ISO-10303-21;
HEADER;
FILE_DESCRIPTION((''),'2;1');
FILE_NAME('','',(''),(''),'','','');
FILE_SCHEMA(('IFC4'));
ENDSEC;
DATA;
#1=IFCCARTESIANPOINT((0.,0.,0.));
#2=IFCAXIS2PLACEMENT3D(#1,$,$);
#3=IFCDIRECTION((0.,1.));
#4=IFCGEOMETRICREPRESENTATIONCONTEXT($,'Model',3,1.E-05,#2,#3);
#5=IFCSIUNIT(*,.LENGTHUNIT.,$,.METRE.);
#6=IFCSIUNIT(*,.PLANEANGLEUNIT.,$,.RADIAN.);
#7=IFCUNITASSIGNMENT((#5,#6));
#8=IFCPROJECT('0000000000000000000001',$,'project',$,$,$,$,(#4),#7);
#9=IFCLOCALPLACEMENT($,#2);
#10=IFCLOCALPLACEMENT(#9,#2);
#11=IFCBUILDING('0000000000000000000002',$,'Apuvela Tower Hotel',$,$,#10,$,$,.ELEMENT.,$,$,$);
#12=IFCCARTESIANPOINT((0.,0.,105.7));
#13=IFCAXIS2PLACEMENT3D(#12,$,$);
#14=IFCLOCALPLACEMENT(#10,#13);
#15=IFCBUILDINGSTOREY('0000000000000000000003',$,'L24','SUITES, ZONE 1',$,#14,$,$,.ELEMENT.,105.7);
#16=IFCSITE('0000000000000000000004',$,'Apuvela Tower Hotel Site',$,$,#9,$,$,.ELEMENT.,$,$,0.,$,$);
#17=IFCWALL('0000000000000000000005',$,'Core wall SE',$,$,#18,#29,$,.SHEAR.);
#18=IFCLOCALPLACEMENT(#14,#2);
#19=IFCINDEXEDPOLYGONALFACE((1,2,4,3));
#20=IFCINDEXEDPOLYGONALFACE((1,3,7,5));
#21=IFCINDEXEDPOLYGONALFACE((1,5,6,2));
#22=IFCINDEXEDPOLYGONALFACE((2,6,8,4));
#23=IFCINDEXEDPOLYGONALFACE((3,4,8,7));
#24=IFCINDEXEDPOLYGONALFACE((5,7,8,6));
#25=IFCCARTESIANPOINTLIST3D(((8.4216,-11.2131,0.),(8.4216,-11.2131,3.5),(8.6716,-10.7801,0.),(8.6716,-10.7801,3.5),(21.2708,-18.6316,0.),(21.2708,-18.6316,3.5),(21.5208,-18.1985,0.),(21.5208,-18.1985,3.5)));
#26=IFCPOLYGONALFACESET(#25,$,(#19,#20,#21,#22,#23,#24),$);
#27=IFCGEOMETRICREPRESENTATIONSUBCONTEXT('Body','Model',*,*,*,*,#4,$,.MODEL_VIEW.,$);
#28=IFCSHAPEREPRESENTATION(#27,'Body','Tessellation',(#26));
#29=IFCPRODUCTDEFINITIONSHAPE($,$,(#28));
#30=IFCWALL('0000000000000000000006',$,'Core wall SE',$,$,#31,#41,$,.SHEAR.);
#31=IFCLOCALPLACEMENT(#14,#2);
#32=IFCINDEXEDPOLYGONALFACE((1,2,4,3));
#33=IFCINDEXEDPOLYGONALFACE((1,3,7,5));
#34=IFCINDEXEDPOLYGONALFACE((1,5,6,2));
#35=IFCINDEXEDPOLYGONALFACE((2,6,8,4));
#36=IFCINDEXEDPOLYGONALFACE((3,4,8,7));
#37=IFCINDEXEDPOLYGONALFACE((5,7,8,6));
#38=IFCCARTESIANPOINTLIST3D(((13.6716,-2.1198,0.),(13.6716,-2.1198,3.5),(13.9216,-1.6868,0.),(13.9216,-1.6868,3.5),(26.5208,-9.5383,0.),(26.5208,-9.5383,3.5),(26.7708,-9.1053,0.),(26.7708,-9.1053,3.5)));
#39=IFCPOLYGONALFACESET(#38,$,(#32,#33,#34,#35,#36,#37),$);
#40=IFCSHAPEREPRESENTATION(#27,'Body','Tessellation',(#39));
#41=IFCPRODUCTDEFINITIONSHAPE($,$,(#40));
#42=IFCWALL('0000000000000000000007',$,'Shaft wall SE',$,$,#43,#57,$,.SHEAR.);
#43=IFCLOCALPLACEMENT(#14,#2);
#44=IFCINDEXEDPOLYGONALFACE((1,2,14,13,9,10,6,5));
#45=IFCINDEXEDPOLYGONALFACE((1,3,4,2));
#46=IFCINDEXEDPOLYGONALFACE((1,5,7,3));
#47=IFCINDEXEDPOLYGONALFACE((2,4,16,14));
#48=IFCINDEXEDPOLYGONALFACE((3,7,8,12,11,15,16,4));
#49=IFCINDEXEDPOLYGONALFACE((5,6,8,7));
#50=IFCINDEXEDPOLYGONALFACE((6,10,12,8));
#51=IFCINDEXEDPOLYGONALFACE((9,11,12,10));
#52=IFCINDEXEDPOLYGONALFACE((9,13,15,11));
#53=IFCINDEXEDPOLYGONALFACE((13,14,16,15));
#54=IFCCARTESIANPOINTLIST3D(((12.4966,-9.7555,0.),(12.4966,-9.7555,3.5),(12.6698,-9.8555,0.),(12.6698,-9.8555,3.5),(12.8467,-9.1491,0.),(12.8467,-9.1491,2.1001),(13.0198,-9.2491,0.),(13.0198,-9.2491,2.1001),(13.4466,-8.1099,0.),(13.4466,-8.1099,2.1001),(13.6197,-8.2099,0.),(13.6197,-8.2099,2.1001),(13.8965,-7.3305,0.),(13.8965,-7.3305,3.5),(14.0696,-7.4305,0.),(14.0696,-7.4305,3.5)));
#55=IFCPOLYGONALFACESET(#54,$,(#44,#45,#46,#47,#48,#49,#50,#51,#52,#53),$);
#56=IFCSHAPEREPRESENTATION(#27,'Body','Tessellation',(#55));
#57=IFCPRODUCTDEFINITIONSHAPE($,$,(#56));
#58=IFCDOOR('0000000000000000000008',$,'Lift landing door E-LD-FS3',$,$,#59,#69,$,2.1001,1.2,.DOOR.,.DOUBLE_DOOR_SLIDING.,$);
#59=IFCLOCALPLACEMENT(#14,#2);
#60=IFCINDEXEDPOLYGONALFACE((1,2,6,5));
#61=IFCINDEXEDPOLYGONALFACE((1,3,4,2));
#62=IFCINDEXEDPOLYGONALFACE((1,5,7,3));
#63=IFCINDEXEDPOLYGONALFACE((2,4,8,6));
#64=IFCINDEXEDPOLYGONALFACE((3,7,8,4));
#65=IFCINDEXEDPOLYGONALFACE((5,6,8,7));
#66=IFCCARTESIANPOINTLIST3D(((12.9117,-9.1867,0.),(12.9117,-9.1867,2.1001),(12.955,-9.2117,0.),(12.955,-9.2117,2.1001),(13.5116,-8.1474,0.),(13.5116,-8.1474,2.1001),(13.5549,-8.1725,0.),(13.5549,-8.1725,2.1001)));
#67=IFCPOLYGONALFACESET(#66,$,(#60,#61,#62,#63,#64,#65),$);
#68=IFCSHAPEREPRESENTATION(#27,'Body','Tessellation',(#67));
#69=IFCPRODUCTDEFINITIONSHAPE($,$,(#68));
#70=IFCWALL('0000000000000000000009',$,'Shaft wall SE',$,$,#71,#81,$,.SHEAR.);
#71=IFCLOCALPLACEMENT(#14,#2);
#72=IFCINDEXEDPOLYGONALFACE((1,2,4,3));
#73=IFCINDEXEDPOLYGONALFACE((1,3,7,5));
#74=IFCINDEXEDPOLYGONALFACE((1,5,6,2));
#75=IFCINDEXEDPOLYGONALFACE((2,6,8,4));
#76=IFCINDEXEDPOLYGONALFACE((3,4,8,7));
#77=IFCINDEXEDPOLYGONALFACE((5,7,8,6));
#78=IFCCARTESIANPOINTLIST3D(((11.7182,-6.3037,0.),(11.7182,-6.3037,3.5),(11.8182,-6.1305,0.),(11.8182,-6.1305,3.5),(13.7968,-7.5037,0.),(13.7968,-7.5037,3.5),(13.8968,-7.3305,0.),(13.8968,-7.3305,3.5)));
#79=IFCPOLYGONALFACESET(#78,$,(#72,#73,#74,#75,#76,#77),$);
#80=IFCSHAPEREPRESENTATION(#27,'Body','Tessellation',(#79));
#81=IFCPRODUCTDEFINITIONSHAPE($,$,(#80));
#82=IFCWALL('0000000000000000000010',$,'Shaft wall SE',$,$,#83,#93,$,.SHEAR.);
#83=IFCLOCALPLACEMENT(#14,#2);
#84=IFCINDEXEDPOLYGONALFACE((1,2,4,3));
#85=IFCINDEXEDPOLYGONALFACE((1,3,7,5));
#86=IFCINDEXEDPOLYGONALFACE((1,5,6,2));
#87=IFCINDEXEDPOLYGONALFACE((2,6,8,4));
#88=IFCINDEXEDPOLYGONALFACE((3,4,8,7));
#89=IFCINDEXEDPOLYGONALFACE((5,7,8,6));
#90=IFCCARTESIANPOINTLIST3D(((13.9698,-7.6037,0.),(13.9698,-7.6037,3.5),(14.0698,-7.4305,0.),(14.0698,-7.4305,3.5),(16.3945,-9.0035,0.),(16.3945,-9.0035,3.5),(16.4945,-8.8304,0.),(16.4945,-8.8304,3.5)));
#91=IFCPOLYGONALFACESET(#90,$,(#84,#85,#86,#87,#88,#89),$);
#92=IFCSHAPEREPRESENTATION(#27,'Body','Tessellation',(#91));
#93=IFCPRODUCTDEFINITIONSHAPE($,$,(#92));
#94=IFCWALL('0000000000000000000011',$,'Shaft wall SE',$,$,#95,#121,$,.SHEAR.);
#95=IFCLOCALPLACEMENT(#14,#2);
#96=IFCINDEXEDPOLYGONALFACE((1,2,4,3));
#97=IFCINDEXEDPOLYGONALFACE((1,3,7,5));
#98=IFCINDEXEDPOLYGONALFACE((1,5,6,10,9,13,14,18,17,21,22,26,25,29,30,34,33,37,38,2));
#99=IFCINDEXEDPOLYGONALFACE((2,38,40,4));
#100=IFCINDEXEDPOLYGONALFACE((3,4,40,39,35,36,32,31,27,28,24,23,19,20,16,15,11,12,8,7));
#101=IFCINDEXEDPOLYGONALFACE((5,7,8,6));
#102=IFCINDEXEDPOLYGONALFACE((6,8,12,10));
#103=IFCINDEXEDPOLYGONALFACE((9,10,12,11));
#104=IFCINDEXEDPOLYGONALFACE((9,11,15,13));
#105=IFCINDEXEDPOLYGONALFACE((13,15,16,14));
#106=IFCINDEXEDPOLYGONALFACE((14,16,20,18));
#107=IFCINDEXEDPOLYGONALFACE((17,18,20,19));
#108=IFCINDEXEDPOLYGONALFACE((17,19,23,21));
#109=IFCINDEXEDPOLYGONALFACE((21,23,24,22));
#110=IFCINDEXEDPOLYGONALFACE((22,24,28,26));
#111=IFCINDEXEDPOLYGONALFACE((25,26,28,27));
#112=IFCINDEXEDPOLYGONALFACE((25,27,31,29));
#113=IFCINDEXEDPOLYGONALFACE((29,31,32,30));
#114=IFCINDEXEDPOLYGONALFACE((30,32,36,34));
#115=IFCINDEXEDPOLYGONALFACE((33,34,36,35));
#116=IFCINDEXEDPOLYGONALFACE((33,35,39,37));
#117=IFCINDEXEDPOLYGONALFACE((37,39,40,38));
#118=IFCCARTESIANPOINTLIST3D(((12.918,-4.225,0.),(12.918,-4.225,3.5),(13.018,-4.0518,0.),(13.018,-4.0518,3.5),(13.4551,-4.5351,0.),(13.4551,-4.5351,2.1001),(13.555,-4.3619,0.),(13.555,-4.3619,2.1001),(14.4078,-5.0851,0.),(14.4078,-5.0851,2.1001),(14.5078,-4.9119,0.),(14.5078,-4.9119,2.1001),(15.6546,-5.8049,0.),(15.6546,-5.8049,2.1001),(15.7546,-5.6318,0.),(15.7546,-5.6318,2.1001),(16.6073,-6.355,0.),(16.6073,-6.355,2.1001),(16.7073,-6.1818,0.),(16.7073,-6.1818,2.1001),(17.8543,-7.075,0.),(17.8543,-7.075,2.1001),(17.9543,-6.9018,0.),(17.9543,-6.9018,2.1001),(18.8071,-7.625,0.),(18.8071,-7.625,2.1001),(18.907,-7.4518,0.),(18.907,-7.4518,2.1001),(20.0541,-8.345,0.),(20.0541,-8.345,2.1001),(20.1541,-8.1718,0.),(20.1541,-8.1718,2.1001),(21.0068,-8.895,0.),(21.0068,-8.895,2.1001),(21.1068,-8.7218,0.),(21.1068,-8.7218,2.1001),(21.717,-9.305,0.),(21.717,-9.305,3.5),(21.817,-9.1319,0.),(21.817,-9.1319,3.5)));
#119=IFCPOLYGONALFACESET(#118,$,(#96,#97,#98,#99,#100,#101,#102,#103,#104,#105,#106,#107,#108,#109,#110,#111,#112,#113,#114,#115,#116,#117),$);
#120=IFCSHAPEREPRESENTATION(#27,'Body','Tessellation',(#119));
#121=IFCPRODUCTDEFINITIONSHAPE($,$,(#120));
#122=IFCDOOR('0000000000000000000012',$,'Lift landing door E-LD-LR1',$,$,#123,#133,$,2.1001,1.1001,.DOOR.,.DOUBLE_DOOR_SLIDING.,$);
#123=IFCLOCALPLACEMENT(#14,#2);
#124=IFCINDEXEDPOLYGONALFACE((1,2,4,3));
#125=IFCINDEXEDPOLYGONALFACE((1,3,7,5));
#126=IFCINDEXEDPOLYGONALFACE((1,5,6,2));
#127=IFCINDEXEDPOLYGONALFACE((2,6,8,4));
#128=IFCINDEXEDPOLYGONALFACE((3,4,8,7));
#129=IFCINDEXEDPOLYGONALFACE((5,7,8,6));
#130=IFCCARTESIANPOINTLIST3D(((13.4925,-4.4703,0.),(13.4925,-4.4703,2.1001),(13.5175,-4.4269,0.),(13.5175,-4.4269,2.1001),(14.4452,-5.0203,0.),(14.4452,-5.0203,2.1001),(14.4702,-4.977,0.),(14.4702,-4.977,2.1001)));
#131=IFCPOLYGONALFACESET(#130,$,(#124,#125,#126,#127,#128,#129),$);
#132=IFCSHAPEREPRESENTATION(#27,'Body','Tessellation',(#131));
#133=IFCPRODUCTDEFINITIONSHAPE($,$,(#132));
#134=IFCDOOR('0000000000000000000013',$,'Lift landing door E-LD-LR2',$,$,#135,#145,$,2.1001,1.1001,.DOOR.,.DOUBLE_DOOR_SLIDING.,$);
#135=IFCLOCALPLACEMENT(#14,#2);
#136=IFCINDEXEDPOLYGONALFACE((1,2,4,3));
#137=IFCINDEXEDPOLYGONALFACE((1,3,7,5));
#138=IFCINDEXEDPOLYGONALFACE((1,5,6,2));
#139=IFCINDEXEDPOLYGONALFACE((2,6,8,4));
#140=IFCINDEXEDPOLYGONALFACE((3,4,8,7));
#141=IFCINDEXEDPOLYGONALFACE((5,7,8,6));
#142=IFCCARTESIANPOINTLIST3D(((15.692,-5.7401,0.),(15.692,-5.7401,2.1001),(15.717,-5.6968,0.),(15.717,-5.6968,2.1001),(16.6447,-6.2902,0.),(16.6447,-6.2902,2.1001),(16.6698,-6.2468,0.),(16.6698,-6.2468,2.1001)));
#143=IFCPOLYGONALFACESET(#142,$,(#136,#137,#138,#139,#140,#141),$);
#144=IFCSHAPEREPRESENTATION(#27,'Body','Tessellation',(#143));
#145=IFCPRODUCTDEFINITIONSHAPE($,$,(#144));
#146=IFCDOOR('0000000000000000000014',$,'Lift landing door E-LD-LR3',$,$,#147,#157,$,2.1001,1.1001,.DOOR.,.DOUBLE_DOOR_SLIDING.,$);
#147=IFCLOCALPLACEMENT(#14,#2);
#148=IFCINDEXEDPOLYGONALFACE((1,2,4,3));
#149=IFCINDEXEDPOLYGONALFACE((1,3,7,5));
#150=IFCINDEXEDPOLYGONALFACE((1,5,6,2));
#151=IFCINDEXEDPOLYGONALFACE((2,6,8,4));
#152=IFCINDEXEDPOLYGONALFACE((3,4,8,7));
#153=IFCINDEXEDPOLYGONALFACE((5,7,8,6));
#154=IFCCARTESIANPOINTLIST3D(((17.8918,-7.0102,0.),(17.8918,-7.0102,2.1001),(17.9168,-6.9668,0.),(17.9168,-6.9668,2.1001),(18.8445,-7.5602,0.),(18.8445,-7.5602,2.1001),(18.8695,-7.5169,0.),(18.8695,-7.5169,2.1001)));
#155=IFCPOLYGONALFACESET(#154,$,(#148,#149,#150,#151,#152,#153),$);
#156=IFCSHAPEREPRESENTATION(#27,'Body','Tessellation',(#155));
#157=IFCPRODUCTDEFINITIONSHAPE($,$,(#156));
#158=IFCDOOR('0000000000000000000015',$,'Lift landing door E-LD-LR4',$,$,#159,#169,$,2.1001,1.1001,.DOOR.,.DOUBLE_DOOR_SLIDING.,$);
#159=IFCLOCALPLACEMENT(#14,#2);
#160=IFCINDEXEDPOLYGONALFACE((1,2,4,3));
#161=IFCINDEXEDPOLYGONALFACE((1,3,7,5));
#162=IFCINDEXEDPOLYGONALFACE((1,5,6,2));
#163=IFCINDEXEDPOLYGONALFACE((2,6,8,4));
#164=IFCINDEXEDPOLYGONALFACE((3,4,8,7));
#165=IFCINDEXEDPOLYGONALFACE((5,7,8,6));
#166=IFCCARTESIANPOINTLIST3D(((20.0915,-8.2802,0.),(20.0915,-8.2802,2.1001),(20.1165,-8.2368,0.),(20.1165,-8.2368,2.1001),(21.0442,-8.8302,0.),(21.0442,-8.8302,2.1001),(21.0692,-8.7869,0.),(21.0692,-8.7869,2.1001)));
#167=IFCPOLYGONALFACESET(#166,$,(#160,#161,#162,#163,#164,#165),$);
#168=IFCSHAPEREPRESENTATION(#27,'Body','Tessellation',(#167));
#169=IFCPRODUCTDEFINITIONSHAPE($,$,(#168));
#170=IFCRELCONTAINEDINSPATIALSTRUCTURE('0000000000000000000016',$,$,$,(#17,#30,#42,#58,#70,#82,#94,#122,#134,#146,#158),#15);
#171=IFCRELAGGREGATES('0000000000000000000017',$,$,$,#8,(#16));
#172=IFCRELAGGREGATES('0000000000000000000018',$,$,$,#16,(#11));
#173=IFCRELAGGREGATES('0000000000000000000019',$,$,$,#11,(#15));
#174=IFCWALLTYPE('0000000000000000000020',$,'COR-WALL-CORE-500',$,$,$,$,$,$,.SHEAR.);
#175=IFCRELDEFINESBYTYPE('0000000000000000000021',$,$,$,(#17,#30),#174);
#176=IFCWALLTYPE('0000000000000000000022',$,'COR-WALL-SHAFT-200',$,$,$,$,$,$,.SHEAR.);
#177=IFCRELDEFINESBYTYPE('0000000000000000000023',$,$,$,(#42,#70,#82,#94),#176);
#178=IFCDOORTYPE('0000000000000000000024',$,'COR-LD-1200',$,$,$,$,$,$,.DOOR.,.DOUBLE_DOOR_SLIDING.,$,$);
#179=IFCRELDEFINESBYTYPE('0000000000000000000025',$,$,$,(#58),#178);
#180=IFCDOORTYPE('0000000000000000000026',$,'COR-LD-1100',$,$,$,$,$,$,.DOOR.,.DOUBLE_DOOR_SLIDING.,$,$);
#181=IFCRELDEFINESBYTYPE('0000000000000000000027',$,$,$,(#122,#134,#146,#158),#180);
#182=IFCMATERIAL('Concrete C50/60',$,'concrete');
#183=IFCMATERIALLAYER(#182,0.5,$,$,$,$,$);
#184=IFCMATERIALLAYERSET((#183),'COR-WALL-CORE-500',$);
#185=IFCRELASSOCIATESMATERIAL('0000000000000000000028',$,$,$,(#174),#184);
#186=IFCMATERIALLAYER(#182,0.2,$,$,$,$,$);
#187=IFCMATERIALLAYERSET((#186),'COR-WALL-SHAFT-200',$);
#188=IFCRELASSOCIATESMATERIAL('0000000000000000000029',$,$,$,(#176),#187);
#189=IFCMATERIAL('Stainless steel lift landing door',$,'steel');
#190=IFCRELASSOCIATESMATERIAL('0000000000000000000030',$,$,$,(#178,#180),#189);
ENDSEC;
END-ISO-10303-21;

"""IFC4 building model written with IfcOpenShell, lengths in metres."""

from ifc_helpers import new_model, si_unit, direction, frame, frame_2d, origin, place, context, subcontext, project, spatial, rectangle, extrude, material, layer, layer_set, type_object, element, fill, save


model = new_model("IFC4")

# Units and contexts
model_context = context("Model", 3, precision=1e-05, world=origin(), true_north=direction((0.0, 1.0)))
body_context = subcontext(model_context, "Body", "Model", "MODEL_VIEW")
ifc_project = project(units=[si_unit("LENGTHUNIT", "METRE"), si_unit("PLANEANGLEUNIT", "RADIAN")], contexts=[model_context])

# Site, building, storey
site_placement = place(None, origin())
site = spatial("IfcSite", under=ifc_project, at=site_placement, Name="Apuvela Tower Hotel Site", CompositionType="ELEMENT", RefElevation=0.0)
building_placement = place(site_placement, origin())
building = spatial("IfcBuilding", under=site, at=building_placement, Name="Apuvela Tower Hotel", CompositionType="ELEMENT")
storey_placement = place(building_placement, frame((0.0, 0.0, 105.7)))
storey = spatial("IfcBuildingStorey", under=building, at=storey_placement, Name="L24", Description="SUITES, ZONE 1", CompositionType="ELEMENT", Elevation=105.7)

# Shared definitions
ifc_material_1 = material(Name="Concrete C50/60", Category="concrete")

# Walls
ifc_layer_1 = layer(ifc_material_1, 0.5)
ifc_layer_set_1 = layer_set([ifc_layer_1], Name="COR-WALL-CORE-500")
wall_type_1 = type_object("IfcWallType", Name="COR-WALL-CORE-500", PredefinedType="SHEAR", material=ifc_layer_set_1)
for number, where, z_axis, x_axis, name in (
    (1, (8.5466, -10.9966, 0.0), (0.0, 0.0, 1.0), (0.866025, -0.500001, 0.0), "Core wall SE"),
    (2, (13.7966, -1.9033, 0.0), (0.0, 0.0, 1.0), (0.866025, -0.500001, 0.0), "Core wall SE"),
):
    element("IfcWall", number, at=place(storey_placement, frame(where, z_axis=z_axis, x_axis=x_axis)), inside=storey, type_object=wall_type_1, Name=name, PredefinedType="SHEAR", context=body_context, shape_type="SweptSolid", body=[
        extrude(rectangle(XDim=14.8369, YDim=0.5, at=frame_2d((7.4185, 0.0))), origin(), (0.0, 0.0, 1.0), 3.5),
    ])

# Wall, opening, door
ifc_layer_2 = layer(ifc_material_1, 0.2)
ifc_layer_set_2 = layer_set([ifc_layer_2], Name="COR-WALL-SHAFT-200")
wall_type_2 = type_object("IfcWallType", Name="COR-WALL-SHAFT-200", PredefinedType="SHEAR", material=ifc_layer_set_2)
wall_1_placement = place(storey_placement, frame((12.5833, -9.8054, 0.0), z_axis=(0.0, 0.0, 1.0), x_axis=(0.499946, 0.866056, 0.0)))
wall_1 = element("IfcWall", 3, at=wall_1_placement, inside=storey, type_object=wall_type_2, Name="Shaft wall SE", PredefinedType="SHEAR", context=body_context, shape_type="SweptSolid", body=[
    extrude(rectangle(XDim=2.8, YDim=0.2, at=frame_2d((1.3999, 0.0))), origin(), (0.0, 0.0, 1.0), 3.5),
])
opening_1_placement = place(wall_1_placement, frame((0.7, 0.0, 0.0)))
opening_1 = element("IfcOpeningElement", 4, at=opening_1_placement, cuts=wall_1, PredefinedType="OPENING", context=body_context, shape_type="SweptSolid", body=[
    extrude(rectangle(XDim=1.2, YDim=2.1001, at=frame_2d((0.6001, 1.05))), frame((0.0, 0.1099, 0.0), z_axis=(0.0, -1.0, 0.0), x_axis=(1.0, 0.0, 0.0)), (0.0, 0.0, 1.0), 0.22),
])
ifc_material_2 = material(Name="Stainless steel lift landing door", Category="steel")
door_type_1 = type_object("IfcDoorType", Name="COR-LD-1200", OperationType="DOUBLE_DOOR_SLIDING", PredefinedType="DOOR", material=ifc_material_2)
door_1_placement = place(opening_1_placement, origin())
door_1 = element("IfcDoor", 5, at=door_1_placement, inside=storey, type_object=door_type_1, Name="Lift landing door E-LD-FS3", OperationType="DOUBLE_DOOR_SLIDING", OverallHeight=2.1001, OverallWidth=1.2, PredefinedType="DOOR", context=body_context, shape_type="SweptSolid", body=[
    extrude(rectangle(XDim=1.2, YDim=2.1001, at=frame_2d((0.6001, 1.05))), frame((0.0, 0.0249, 0.0), z_axis=(0.0, -1.0, 0.0), x_axis=(1.0, 0.0, 0.0)), (0.0, 0.0, 1.0), 0.05),
])
fill(opening_1, door_1)

# Walls
wall_2_placement = place(storey_placement, frame((11.7681, -6.217, 0.0), z_axis=(0.0, 0.0, 1.0), x_axis=(0.86605, -0.499957, 0.0)))
element("IfcWall", 6, at=wall_2_placement, inside=storey, type_object=wall_type_2, Name="Shaft wall SE", PredefinedType="SHEAR", context=body_context, shape_type="SweptSolid", body=[
    extrude(rectangle(XDim=2.4001, YDim=0.2, at=frame_2d((1.2002, 0.0))), origin(), (0.0, 0.0, 1.0), 3.5),
])
wall_3_placement = place(storey_placement, frame((14.0198, -7.5171, 0.0), z_axis=(0.0, 0.0, 1.0), x_axis=(0.866035, -0.499984, 0.0)))
element("IfcWall", 7, at=wall_3_placement, inside=storey, type_object=wall_type_2, Name="Shaft wall SE", PredefinedType="SHEAR", context=body_context, shape_type="SweptSolid", body=[
    extrude(rectangle(XDim=2.7998, YDim=0.2, at=frame_2d((1.3999, 0.0))), origin(), (0.0, 0.0, 1.0), 3.5),
])

# Wall, openings, doors
wall_4_placement = place(storey_placement, frame((12.968, -4.1384, 0.0), z_axis=(0.0, 0.0, 1.0), x_axis=(0.866028, -0.499995, 0.0)))
wall_4 = element("IfcWall", 8, at=wall_4_placement, inside=storey, type_object=wall_type_2, Name="Shaft wall SE", PredefinedType="SHEAR", context=body_context, shape_type="SweptSolid", body=[
    extrude(rectangle(XDim=10.1602, YDim=0.2, at=frame_2d((5.0801, 0.0))), origin(), (0.0, 0.0, 1.0), 3.5),
])
opening_2_placement = place(wall_4_placement, frame((0.6201, 0.0, 0.0)))
opening_2 = element("IfcOpeningElement", 9, at=opening_2_placement, cuts=wall_4, PredefinedType="OPENING", context=body_context, shape_type="SweptSolid", body=[
    extrude(rectangle(XDim=1.1001, YDim=2.1001, at=frame_2d((0.55, 1.05))), frame((0.0, 0.1099, 0.0), z_axis=(0.0, -1.0, 0.0), x_axis=(1.0, 0.0, 0.0)), (0.0, 0.0, 1.0), 0.22),
])
opening_3_placement = place(wall_4_placement, frame((3.1599, 0.0, 0.0)))
opening_3 = element("IfcOpeningElement", 10, at=opening_3_placement, cuts=wall_4, PredefinedType="OPENING", context=body_context, shape_type="SweptSolid", body=[
    extrude(rectangle(XDim=1.1001, YDim=2.1001, at=frame_2d((0.55, 1.05))), frame((0.0, 0.1099, 0.0), z_axis=(0.0, -1.0, 0.0), x_axis=(1.0, 0.0, 0.0)), (0.0, 0.0, 1.0), 0.22),
])
opening_4_placement = place(wall_4_placement, frame((5.7, 0.0, 0.0)))
opening_4 = element("IfcOpeningElement", 11, at=opening_4_placement, cuts=wall_4, PredefinedType="OPENING", context=body_context, shape_type="SweptSolid", body=[
    extrude(rectangle(XDim=1.1001, YDim=2.1001, at=frame_2d((0.55, 1.05))), frame((0.0, 0.1099, 0.0), z_axis=(0.0, -1.0, 0.0), x_axis=(1.0, 0.0, 0.0)), (0.0, 0.0, 1.0), 0.22),
])
opening_5_placement = place(wall_4_placement, frame((8.24, 0.0, 0.0)))
opening_5 = element("IfcOpeningElement", 12, at=opening_5_placement, cuts=wall_4, PredefinedType="OPENING", context=body_context, shape_type="SweptSolid", body=[
    extrude(rectangle(XDim=1.1001, YDim=2.1001, at=frame_2d((0.55, 1.05))), frame((0.0, 0.1099, 0.0), z_axis=(0.0, -1.0, 0.0), x_axis=(1.0, 0.0, 0.0)), (0.0, 0.0, 1.0), 0.22),
])
door_type_2 = type_object("IfcDoorType", Name="COR-LD-1100", OperationType="DOUBLE_DOOR_SLIDING", PredefinedType="DOOR", material=ifc_material_2)
door_2_placement = place(opening_2_placement, origin())
door_2 = element("IfcDoor", 13, at=door_2_placement, inside=storey, type_object=door_type_2, Name="Lift landing door E-LD-LR1", OperationType="DOUBLE_DOOR_SLIDING", OverallHeight=2.1001, OverallWidth=1.1001, PredefinedType="DOOR", context=body_context, shape_type="SweptSolid", body=[
    extrude(rectangle(XDim=1.1001, YDim=2.1001, at=frame_2d((0.55, 1.05))), frame((0.0, 0.0249, 0.0), z_axis=(0.0, -1.0, 0.0), x_axis=(1.0, 0.0, 0.0)), (0.0, 0.0, 1.0), 0.05),
])
fill(opening_2, door_2)
door_3_placement = place(opening_3_placement, origin())
door_3 = element("IfcDoor", 14, at=door_3_placement, inside=storey, type_object=door_type_2, Name="Lift landing door E-LD-LR2", OperationType="DOUBLE_DOOR_SLIDING", OverallHeight=2.1001, OverallWidth=1.1001, PredefinedType="DOOR", context=body_context, shape_type="SweptSolid", body=[
    extrude(rectangle(XDim=1.1001, YDim=2.1001, at=frame_2d((0.55, 1.05))), frame((0.0, 0.0249, 0.0), z_axis=(0.0, -1.0, 0.0), x_axis=(1.0, 0.0, 0.0)), (0.0, 0.0, 1.0), 0.05),
])
fill(opening_3, door_3)
door_4_placement = place(opening_4_placement, origin())
door_4 = element("IfcDoor", 15, at=door_4_placement, inside=storey, type_object=door_type_2, Name="Lift landing door E-LD-LR3", OperationType="DOUBLE_DOOR_SLIDING", OverallHeight=2.1001, OverallWidth=1.1001, PredefinedType="DOOR", context=body_context, shape_type="SweptSolid", body=[
    extrude(rectangle(XDim=1.1001, YDim=2.1001, at=frame_2d((0.55, 1.05))), frame((0.0, 0.0249, 0.0), z_axis=(0.0, -1.0, 0.0), x_axis=(1.0, 0.0, 0.0)), (0.0, 0.0, 1.0), 0.05),
])
fill(opening_4, door_4)
door_5_placement = place(opening_5_placement, origin())
door_5 = element("IfcDoor", 16, at=door_5_placement, inside=storey, type_object=door_type_2, Name="Lift landing door E-LD-LR4", OperationType="DOUBLE_DOOR_SLIDING", OverallHeight=2.1001, OverallWidth=1.1001, PredefinedType="DOOR", context=body_context, shape_type="SweptSolid", body=[
    extrude(rectangle(XDim=1.1001, YDim=2.1001, at=frame_2d((0.55, 1.05))), frame((0.0, 0.0249, 0.0), z_axis=(0.0, -1.0, 0.0), x_axis=(1.0, 0.0, 0.0)), (0.0, 0.0, 1.0), 0.05),
])
fill(opening_5, door_5)

save(model, "model.ifc")
